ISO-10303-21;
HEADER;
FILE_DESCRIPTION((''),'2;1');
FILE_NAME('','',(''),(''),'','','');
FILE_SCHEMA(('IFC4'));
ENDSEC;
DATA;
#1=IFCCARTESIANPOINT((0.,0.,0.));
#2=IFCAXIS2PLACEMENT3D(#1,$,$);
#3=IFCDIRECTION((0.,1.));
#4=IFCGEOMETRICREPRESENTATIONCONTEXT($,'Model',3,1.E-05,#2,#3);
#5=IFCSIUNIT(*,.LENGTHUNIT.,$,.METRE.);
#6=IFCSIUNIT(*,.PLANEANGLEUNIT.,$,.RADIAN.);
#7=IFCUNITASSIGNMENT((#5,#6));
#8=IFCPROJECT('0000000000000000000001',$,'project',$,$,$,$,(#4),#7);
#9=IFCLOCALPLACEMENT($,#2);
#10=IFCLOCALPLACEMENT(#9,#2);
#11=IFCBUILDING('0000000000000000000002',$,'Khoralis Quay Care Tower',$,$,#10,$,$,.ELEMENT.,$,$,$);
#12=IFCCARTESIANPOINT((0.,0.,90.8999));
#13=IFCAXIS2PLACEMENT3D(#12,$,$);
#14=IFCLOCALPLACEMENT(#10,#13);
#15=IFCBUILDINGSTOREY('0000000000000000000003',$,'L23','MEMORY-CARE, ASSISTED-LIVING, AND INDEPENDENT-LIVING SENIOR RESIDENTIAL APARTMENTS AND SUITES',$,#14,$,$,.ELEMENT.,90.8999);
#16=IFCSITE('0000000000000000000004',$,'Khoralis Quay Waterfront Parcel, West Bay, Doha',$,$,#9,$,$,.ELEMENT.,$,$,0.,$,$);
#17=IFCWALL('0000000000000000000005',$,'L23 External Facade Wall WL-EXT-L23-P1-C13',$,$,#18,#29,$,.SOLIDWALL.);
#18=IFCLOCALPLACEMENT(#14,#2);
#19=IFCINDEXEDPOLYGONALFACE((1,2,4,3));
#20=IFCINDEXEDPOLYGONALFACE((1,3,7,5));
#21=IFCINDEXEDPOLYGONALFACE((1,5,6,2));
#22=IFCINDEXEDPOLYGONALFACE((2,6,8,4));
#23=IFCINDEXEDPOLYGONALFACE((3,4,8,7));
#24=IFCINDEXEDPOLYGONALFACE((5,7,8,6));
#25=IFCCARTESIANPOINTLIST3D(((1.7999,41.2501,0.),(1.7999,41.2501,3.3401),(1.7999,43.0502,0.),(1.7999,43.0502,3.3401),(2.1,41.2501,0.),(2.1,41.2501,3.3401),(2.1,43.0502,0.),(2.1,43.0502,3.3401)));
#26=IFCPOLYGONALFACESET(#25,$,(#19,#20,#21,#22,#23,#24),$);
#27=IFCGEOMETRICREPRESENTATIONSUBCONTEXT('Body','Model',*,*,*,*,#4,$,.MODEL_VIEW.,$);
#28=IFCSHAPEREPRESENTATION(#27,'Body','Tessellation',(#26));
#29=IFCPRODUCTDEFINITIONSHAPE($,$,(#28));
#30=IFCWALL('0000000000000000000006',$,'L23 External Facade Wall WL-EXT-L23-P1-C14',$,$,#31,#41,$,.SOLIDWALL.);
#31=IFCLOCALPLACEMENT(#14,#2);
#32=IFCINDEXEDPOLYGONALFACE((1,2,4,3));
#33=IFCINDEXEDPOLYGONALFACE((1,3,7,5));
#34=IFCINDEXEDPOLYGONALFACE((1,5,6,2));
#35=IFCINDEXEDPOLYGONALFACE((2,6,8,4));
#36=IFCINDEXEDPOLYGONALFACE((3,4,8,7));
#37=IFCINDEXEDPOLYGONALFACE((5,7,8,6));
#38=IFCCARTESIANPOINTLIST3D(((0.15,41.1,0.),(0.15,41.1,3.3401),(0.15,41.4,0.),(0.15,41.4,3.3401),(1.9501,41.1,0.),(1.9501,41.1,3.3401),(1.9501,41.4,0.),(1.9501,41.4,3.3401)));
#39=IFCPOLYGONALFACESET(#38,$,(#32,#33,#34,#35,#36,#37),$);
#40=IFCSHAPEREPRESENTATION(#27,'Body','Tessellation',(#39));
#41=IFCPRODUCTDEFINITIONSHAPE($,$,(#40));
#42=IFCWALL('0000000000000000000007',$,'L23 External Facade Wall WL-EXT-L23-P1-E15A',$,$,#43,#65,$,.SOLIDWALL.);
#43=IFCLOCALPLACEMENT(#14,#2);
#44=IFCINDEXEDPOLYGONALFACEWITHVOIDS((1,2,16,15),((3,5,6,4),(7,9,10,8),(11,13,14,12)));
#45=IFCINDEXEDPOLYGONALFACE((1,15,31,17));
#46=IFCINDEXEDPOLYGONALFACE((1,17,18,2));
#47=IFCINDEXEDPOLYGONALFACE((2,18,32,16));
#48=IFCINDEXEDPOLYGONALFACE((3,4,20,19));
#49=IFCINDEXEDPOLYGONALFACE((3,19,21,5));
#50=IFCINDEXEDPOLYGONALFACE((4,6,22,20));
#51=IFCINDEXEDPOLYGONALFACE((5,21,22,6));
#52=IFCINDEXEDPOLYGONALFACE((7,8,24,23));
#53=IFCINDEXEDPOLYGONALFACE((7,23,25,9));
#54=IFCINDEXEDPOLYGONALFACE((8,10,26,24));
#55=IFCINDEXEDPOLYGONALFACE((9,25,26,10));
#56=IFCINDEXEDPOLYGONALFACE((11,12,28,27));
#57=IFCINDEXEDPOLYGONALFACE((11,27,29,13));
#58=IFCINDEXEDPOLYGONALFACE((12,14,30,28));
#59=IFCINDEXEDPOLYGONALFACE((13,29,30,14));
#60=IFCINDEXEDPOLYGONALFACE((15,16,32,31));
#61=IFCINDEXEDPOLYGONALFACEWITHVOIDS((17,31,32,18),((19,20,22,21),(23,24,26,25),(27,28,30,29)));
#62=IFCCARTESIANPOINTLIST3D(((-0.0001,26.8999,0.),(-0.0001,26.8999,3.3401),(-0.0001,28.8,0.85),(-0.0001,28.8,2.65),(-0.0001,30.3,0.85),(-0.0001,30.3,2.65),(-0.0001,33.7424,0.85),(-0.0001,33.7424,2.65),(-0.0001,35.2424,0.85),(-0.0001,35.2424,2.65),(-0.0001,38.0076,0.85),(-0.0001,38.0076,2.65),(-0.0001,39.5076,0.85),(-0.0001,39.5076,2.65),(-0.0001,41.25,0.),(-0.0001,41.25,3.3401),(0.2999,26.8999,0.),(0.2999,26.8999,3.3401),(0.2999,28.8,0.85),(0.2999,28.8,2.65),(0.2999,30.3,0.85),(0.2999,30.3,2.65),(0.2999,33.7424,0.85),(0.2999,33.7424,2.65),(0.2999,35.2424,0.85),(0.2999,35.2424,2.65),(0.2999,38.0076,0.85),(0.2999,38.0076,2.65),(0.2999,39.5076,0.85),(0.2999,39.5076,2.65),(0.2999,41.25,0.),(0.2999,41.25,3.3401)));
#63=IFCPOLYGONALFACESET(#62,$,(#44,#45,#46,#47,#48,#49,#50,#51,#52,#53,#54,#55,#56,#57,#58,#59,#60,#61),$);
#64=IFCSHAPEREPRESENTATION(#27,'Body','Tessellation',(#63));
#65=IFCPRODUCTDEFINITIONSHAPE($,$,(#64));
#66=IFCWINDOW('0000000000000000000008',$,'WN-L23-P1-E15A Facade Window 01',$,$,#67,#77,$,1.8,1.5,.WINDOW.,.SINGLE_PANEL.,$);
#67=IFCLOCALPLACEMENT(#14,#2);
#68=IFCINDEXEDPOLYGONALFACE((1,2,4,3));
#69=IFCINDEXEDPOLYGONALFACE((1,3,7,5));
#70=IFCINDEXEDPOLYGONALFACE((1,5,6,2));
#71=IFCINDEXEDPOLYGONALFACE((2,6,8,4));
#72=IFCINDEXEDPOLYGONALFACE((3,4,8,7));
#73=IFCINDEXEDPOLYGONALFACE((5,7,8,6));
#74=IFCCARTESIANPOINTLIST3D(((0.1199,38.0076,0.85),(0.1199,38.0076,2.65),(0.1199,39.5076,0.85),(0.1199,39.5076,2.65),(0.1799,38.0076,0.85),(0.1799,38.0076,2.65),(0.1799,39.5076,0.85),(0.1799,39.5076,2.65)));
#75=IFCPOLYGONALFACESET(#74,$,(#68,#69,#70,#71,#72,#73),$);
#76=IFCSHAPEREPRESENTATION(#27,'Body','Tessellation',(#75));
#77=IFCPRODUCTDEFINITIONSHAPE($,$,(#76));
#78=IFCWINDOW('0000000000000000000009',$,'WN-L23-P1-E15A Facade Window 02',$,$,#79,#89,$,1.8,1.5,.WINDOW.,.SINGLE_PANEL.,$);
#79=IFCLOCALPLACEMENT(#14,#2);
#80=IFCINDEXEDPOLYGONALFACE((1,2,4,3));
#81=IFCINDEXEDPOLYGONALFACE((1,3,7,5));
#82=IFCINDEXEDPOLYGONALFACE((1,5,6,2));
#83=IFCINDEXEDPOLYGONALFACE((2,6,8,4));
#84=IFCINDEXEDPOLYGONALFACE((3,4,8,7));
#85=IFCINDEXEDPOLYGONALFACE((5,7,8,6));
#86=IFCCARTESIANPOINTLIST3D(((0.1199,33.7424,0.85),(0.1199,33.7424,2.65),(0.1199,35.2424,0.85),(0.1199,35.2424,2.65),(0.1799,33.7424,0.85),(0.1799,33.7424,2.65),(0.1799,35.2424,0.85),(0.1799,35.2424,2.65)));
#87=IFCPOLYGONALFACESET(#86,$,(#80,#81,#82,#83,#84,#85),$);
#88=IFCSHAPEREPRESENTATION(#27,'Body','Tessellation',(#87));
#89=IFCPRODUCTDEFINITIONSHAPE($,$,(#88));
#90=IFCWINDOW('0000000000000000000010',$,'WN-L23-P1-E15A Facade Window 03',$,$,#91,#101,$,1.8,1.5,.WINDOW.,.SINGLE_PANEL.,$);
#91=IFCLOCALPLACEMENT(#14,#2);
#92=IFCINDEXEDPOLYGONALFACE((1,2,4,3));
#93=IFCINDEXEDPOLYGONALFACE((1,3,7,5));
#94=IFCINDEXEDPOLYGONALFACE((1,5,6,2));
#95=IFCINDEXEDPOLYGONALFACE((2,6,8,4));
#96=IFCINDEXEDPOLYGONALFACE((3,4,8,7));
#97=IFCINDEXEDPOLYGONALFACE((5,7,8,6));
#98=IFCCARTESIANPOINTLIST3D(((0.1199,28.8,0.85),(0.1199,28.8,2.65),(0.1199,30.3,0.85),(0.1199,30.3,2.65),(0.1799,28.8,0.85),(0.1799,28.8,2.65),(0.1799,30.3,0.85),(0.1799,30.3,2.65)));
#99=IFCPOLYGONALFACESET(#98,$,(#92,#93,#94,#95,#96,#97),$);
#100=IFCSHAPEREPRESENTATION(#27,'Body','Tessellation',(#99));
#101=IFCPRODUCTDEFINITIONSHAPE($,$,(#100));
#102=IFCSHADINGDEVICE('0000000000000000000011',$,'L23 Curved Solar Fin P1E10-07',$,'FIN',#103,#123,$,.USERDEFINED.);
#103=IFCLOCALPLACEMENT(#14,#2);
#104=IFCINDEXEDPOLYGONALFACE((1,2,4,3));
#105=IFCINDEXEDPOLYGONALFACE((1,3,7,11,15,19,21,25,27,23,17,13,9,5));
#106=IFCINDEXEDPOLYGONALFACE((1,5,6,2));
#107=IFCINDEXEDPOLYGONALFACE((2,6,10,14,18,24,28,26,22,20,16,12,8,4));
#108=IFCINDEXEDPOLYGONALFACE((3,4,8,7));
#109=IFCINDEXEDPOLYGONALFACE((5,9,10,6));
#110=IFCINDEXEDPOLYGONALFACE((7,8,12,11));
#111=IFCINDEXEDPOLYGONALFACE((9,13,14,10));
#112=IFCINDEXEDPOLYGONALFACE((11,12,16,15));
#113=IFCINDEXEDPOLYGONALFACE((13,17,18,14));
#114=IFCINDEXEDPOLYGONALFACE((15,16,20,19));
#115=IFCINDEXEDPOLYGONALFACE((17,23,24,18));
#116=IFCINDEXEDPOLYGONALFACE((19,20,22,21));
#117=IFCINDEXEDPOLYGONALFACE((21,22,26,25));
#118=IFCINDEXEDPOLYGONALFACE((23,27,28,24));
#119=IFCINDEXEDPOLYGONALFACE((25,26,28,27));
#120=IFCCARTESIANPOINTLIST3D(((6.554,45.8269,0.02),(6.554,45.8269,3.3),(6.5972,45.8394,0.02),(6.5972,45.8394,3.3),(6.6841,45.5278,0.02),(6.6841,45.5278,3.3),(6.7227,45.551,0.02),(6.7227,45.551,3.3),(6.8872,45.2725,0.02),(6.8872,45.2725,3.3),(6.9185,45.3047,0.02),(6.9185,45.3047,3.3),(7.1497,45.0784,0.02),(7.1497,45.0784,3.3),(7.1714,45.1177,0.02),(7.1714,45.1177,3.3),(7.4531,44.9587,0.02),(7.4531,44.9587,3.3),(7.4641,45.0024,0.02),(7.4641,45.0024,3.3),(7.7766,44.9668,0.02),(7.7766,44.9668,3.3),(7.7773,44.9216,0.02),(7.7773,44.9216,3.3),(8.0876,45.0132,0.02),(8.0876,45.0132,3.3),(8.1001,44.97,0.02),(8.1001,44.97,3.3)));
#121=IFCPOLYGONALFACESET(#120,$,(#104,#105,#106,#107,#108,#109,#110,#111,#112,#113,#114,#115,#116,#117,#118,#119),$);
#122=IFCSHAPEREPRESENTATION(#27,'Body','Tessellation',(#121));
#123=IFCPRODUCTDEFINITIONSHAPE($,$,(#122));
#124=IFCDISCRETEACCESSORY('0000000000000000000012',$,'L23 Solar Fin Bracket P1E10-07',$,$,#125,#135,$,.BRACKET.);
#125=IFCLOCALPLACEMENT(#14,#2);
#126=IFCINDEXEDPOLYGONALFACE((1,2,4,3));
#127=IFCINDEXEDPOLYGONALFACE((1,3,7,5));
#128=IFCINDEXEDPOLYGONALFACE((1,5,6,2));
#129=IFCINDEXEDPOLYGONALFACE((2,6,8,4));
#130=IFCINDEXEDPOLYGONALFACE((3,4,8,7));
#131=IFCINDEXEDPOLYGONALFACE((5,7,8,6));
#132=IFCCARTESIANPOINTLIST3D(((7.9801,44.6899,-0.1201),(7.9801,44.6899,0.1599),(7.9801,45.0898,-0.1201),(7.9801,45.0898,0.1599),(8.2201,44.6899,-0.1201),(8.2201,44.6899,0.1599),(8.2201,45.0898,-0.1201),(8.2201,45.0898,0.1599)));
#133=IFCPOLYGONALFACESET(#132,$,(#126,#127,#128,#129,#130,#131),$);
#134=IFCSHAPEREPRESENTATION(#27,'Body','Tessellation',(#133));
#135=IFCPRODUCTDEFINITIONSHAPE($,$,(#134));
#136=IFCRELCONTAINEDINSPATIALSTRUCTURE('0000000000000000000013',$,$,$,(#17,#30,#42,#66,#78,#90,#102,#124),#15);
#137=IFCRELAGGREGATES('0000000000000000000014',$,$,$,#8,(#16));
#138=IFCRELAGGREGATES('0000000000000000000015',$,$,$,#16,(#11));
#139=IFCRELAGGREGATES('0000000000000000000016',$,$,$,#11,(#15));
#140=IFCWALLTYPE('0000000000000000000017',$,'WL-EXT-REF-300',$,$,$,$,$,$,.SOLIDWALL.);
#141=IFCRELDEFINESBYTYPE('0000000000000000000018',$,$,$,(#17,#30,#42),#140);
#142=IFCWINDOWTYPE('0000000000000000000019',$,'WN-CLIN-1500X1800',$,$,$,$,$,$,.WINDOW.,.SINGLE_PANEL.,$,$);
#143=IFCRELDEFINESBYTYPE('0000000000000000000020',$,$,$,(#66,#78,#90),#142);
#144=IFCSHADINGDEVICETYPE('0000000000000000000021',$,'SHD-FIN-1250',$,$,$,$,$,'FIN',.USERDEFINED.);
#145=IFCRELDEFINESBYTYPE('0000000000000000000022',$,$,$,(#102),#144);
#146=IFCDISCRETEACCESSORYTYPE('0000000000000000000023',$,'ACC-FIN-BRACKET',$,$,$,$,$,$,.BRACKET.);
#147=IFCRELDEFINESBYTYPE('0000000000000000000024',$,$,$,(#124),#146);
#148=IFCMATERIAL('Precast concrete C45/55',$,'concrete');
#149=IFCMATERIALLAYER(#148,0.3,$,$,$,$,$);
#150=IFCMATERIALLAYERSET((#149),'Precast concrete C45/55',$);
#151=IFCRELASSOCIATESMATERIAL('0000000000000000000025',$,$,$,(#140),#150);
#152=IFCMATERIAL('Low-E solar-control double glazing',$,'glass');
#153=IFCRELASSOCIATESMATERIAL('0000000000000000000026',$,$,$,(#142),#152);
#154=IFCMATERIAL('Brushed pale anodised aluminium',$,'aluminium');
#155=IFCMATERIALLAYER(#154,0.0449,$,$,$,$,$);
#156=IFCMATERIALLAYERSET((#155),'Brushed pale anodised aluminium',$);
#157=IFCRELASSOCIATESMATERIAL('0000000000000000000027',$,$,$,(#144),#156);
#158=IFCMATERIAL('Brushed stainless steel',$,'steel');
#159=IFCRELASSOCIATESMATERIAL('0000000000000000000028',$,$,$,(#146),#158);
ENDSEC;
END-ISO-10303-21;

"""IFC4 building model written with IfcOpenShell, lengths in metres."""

from ifc_helpers import new_model, si_unit, direction, frame, frame_2d, origin, origin_2d, place, context, subcontext, project, spatial, polyline, rectangle, outline, extrude, source, transform, mapped, material, layer, layer_set, type_object, element, fill, save


model = new_model("IFC4")

# Units and contexts
model_context = context("Model", 3, precision=1e-05, world=origin(), true_north=direction((0.0, 1.0)))
body_context = subcontext(model_context, "Body", "Model", "MODEL_VIEW")
ifc_project = project(units=[si_unit("LENGTHUNIT", "METRE"), si_unit("PLANEANGLEUNIT", "RADIAN")], contexts=[model_context])

# Site, building, storey
site_placement = place(None, origin())
site = spatial("IfcSite", under=ifc_project, at=site_placement, Name="Khoralis Quay Waterfront Parcel, West Bay, Doha", CompositionType="ELEMENT", RefElevation=0.0)
building_placement = place(site_placement, origin())
building = spatial("IfcBuilding", under=site, at=building_placement, Name="Khoralis Quay Care Tower", CompositionType="ELEMENT")
storey_placement = place(building_placement, frame((0.0, 0.0, 90.8999)))
storey = spatial("IfcBuildingStorey", under=building, at=storey_placement, Name="L23", Description="MEMORY-CARE, ASSISTED-LIVING, AND INDEPENDENT-LIVING SENIOR RESIDENTIAL APARTMENTS AND SUITES", CompositionType="ELEMENT", Elevation=90.8999)

# Walls
ifc_material_1 = material(Name="Precast concrete C45/55", Category="concrete")
ifc_layer_1 = layer(ifc_material_1, 0.3)
ifc_layer_set_1 = layer_set([ifc_layer_1], Name="Precast concrete C45/55")
wall_type = type_object("IfcWallType", Name="WL-EXT-REF-300", PredefinedType="SOLIDWALL", material=ifc_layer_set_1)
for number, where, z_axis, x_axis, name in (
    (1, (1.95, 43.05, 0.0), (0.0, 0.0, 1.0), (0.0, -1.0, 0.0), "L23 External Facade Wall WL-EXT-L23-P1-C13"),
    (2, (1.95, 41.25, 0.0), (0.0, 0.0, 1.0), (-1.0, 0.0, 0.0), "L23 External Facade Wall WL-EXT-L23-P1-C14"),
):
    element("IfcWall", number, at=place(storey_placement, frame(where, z_axis=z_axis, x_axis=x_axis)), inside=storey, type_object=wall_type, Name=name, PredefinedType="SOLIDWALL", context=body_context, shape_type="SweptSolid", body=[
        extrude(rectangle(XDim=1.8, YDim=0.3, at=frame_2d((0.8999, 0.0))), origin(), (0.0, 0.0, 1.0), 3.3401),
    ])

# Wall, openings, windows
wall_placement = place(storey_placement, frame((0.1499, 41.25, 0.0), z_axis=(0.0, 0.0, 1.0), x_axis=(0.0, -1.0, 0.0)))
wall = element("IfcWall", 3, at=wall_placement, inside=storey, type_object=wall_type, Name="L23 External Facade Wall WL-EXT-L23-P1-E15A", PredefinedType="SOLIDWALL", context=body_context, shape_type="SweptSolid", body=[
    extrude(rectangle(XDim=14.3501, YDim=0.3, at=frame_2d((7.175, 0.0))), origin(), (0.0, 0.0, 1.0), 3.3401),
])
opening_1_placement = place(wall_placement, frame((1.7424, 0.0, 0.8501)))
opening_1 = element("IfcOpeningElement", 4, at=opening_1_placement, cuts=wall, PredefinedType="OPENING", context=body_context, shape_type="SweptSolid", body=[
    extrude(rectangle(XDim=1.5, YDim=1.8, at=frame_2d((0.75, 0.8999))), frame((0.0, 0.1602, 0.0), z_axis=(0.0, -1.0, 0.0), x_axis=(1.0, 0.0, 0.0)), (0.0, 0.0, 1.0), 0.3201),
])
opening_2_placement = place(wall_placement, frame((6.0076, 0.0, 0.8501)))
opening_2 = element("IfcOpeningElement", 5, at=opening_2_placement, cuts=wall, PredefinedType="OPENING", context=body_context, shape_type="SweptSolid", body=[
    extrude(rectangle(XDim=1.5, YDim=1.8, at=frame_2d((0.75, 0.8999))), frame((0.0, 0.1602, 0.0), z_axis=(0.0, -1.0, 0.0), x_axis=(1.0, 0.0, 0.0)), (0.0, 0.0, 1.0), 0.3201),
])
opening_3_placement = place(wall_placement, frame((10.95, 0.0, 0.8501)))
opening_3 = element("IfcOpeningElement", 6, at=opening_3_placement, cuts=wall, PredefinedType="OPENING", context=body_context, shape_type="SweptSolid", body=[
    extrude(rectangle(XDim=1.5, YDim=1.8, at=frame_2d((0.75, 0.8999))), frame((0.0, 0.1602, 0.0), z_axis=(0.0, -1.0, 0.0), x_axis=(1.0, 0.0, 0.0)), (0.0, 0.0, 1.0), 0.3201),
])
ifc_material_2 = material(Name="Low-E solar-control double glazing", Category="glass")
window_type = type_object("IfcWindowType", Name="WN-CLIN-1500X1800", PartitioningType="SINGLE_PANEL", PredefinedType="WINDOW", material=ifc_material_2)
shared_shape_1 = source(origin(), body_context, "Body", "SweptSolid", [
    extrude(rectangle(XDim=1.5, YDim=1.8, at=frame_2d((0.75, 0.8999))), frame((0.0, 0.03, 0.0), z_axis=(0.0, -1.0, 0.0), x_axis=(1.0, 0.0, 0.0)), (0.0, 0.0, 1.0), 0.0601),
])
window_1_placement = place(opening_1_placement, origin())
window_1 = element("IfcWindow", 7, at=window_1_placement, inside=storey, type_object=window_type, Name="WN-L23-P1-E15A Facade Window 01", OverallHeight=1.8, OverallWidth=1.5, PartitioningType="SINGLE_PANEL", PredefinedType="WINDOW", context=body_context, shape_type="MappedRepresentation", body=[
    mapped(shared_shape_1, transform((0.0, 0.0, 0.0), scale=1.0)),
])
fill(opening_1, window_1)
window_2_placement = place(opening_2_placement, origin())
window_2 = element("IfcWindow", 8, at=window_2_placement, inside=storey, type_object=window_type, Name="WN-L23-P1-E15A Facade Window 02", OverallHeight=1.8, OverallWidth=1.5, PartitioningType="SINGLE_PANEL", PredefinedType="WINDOW", context=body_context, shape_type="MappedRepresentation", body=[
    mapped(shared_shape_1, transform((0.0, 0.0, 0.0), scale=1.0)),
])
fill(opening_2, window_2)
window_3_placement = place(opening_3_placement, origin())
window_3 = element("IfcWindow", 9, at=window_3_placement, inside=storey, type_object=window_type, Name="WN-L23-P1-E15A Facade Window 03", OverallHeight=1.8, OverallWidth=1.5, PartitioningType="SINGLE_PANEL", PredefinedType="WINDOW", context=body_context, shape_type="MappedRepresentation", body=[
    mapped(shared_shape_1, transform((0.0, 0.0, 0.0), scale=1.0)),
])
fill(opening_3, window_3)

# Shading device
ifc_material_3 = material(Name="Brushed pale anodised aluminium", Category="aluminium")
ifc_layer_2 = layer(ifc_material_3, 0.0449)
ifc_layer_set_2 = layer_set([ifc_layer_2], Name="Brushed pale anodised aluminium")
shading_device_type = type_object("IfcShadingDeviceType", Name="SHD-FIN-1250", ElementType="FIN", PredefinedType="USERDEFINED", material=ifc_layer_set_2)
shared_shape_2 = source(origin(), body_context, "Body", "SweptSolid", [
    extrude(outline(polyline([(0.0, 0.0), (-0.0483, 0.3228), (-0.0112, 0.647), (0.1084, 0.9504), (0.3025, 1.2129), (0.5579, 1.416), (0.8569, 1.5461), (0.8694, 1.5029), (0.5811, 1.3774), (0.3347, 1.1816), (0.1477, 0.9287), (0.0325, 0.636), (-0.0032, 0.3235), (0.0432, 0.0125), (0.0, 0.0)])), origin(), (0.0, 0.0, 1.0), 3.28),
])
shading_device_placement = place(storey_placement, frame((8.1001, 44.97, 0.02), z_axis=(0.0, 0.0, 1.0), x_axis=(0.0, 1.0, 0.0)))
element("IfcShadingDevice", 10, at=shading_device_placement, inside=storey, type_object=shading_device_type, Name="L23 Curved Solar Fin P1E10-07", ObjectType="FIN", PredefinedType="USERDEFINED", context=body_context, shape_type="MappedRepresentation", body=[
    mapped(shared_shape_2, transform((0.0, 0.0, 0.0), scale=1.0)),
])

# Discrete accessory
ifc_material_4 = material(Name="Brushed stainless steel", Category="steel")
discrete_accessory_type = type_object("IfcDiscreteAccessoryType", Name="ACC-FIN-BRACKET", PredefinedType="BRACKET", material=ifc_material_4)
shared_shape_3 = source(origin(), body_context, "Body", "SweptSolid", [
    extrude(rectangle(XDim=0.3999, YDim=0.24, at=origin_2d()), origin(), (0.0, 0.0, 1.0), 0.28),
])
discrete_accessory_placement = place(storey_placement, frame((8.1001, 44.8899, -0.1201), z_axis=(0.0, 0.0, 1.0), x_axis=(0.0, 1.0, 0.0)))
element("IfcDiscreteAccessory", 11, at=discrete_accessory_placement, inside=storey, type_object=discrete_accessory_type, Name="L23 Solar Fin Bracket P1E10-07", PredefinedType="BRACKET", context=body_context, shape_type="MappedRepresentation", body=[
    mapped(shared_shape_3, transform((0.0, 0.0, 0.0), scale=1.0)),
])

save(model, "model.ifc")
